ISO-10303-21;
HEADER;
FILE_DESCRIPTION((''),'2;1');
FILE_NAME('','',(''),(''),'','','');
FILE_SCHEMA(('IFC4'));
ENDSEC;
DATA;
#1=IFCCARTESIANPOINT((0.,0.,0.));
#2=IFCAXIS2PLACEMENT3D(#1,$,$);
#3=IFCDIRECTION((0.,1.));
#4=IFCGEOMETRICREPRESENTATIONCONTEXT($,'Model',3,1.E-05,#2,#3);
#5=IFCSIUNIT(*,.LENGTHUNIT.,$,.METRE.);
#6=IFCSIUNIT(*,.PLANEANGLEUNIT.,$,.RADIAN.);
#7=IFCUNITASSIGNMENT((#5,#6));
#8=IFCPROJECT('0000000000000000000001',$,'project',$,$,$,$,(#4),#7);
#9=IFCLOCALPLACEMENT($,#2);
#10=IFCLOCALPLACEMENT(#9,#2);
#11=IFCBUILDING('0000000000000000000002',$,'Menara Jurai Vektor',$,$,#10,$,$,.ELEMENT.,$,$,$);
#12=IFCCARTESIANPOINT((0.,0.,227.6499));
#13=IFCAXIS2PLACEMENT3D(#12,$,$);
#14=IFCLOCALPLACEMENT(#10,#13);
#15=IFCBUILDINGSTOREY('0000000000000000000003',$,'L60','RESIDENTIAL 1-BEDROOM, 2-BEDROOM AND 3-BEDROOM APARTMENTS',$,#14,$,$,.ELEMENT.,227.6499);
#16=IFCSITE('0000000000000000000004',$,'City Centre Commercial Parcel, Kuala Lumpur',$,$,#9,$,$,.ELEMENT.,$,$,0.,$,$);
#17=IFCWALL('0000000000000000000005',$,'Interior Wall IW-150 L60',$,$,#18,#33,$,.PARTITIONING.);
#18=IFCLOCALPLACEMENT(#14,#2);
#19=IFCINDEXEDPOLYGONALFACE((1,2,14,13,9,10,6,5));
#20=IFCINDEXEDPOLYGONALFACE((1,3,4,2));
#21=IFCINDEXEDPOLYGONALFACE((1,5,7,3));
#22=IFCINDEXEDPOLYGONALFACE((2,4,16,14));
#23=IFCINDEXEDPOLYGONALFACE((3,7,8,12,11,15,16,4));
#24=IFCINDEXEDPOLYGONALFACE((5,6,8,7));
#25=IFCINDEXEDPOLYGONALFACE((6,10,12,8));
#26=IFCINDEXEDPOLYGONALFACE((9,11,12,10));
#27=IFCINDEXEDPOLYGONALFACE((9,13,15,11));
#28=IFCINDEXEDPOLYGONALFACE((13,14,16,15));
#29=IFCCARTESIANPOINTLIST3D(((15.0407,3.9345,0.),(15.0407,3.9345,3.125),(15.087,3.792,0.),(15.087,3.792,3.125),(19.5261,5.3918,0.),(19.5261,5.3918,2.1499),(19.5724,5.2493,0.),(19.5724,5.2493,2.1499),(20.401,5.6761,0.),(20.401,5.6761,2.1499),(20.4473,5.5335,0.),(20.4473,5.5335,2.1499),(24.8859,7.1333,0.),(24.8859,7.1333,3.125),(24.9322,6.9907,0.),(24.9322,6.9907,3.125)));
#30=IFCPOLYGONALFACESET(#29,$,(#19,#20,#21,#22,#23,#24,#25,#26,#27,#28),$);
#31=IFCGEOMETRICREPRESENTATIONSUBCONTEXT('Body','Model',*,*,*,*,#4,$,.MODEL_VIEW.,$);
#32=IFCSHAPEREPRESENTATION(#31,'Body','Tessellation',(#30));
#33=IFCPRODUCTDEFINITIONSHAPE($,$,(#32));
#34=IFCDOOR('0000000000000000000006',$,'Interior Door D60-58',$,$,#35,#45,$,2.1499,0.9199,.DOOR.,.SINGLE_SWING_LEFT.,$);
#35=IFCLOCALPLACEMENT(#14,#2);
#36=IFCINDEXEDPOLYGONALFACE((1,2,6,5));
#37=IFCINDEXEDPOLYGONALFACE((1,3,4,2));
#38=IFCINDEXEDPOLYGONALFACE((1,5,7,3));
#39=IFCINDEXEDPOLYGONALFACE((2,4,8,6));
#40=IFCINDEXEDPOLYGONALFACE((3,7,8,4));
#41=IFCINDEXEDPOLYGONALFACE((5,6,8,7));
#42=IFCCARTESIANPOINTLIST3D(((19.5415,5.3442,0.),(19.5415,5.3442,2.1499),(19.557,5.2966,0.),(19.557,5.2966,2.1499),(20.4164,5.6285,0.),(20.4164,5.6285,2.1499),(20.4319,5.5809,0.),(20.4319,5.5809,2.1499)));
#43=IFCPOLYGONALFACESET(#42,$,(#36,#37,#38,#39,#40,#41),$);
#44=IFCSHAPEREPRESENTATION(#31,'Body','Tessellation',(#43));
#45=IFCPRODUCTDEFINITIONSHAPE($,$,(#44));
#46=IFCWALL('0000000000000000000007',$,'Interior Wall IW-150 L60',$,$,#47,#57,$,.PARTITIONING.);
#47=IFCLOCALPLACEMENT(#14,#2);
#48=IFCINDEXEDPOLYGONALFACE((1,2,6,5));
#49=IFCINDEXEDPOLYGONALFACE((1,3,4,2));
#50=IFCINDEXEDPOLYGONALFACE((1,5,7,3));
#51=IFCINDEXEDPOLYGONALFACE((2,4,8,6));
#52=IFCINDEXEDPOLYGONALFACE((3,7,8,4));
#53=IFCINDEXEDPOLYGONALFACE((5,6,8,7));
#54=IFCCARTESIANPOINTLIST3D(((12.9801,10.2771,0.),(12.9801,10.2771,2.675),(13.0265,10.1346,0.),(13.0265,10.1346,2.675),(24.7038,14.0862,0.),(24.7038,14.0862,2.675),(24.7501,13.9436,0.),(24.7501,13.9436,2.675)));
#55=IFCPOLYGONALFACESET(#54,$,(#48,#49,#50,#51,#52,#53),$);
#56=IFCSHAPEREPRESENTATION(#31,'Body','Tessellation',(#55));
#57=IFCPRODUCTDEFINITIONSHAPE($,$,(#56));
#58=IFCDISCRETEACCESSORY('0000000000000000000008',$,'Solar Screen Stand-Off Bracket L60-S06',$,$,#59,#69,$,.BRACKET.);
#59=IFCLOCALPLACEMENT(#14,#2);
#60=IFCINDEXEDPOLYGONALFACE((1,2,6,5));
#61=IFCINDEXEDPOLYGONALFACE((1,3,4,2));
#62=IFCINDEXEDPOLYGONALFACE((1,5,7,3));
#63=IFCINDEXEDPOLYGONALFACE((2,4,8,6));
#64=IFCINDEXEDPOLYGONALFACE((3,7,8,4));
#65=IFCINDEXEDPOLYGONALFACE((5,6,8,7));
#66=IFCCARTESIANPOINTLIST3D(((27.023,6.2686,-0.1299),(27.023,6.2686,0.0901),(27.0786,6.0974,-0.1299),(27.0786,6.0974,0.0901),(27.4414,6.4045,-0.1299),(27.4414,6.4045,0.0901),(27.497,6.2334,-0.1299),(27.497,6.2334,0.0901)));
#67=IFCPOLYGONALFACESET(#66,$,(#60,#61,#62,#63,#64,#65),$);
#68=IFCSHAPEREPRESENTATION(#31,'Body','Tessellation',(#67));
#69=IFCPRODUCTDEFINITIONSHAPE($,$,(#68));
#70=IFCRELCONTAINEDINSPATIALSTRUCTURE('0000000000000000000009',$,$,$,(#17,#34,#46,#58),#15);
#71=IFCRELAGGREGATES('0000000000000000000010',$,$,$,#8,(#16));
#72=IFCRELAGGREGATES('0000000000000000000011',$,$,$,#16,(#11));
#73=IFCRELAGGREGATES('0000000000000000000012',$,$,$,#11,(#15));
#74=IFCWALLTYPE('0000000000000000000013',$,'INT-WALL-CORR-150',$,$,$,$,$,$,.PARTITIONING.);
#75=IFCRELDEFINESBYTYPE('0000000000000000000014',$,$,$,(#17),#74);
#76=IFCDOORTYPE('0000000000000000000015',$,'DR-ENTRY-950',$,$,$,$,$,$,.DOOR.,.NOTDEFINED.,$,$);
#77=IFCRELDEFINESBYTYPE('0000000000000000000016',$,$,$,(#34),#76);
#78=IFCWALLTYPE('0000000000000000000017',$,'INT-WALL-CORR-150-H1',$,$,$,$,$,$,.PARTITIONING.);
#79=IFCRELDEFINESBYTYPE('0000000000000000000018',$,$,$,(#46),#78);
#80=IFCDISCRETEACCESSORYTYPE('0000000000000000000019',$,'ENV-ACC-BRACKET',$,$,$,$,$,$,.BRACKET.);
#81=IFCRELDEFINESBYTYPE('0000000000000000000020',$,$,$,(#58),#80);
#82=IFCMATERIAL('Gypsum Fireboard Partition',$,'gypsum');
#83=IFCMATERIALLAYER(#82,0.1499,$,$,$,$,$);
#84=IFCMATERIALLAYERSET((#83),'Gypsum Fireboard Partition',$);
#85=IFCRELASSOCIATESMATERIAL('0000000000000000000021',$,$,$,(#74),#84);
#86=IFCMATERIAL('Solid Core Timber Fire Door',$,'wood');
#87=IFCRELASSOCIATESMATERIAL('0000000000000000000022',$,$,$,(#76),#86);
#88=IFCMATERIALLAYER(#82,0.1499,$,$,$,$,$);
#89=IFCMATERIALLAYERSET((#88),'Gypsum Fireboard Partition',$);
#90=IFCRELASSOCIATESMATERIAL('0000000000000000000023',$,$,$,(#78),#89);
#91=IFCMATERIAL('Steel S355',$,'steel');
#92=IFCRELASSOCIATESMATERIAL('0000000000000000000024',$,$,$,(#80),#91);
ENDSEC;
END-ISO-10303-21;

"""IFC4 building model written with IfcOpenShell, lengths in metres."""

from ifc_helpers import new_model, si_unit, direction, frame, frame_2d, origin, origin_2d, place, context, subcontext, project, spatial, rectangle, extrude, material, layer, layer_set, type_object, element, fill, save


model = new_model("IFC4")

# Units and contexts
model_context = context("Model", 3, precision=1e-05, world=origin(), true_north=direction((0.0, 1.0)))
body_context = subcontext(model_context, "Body", "Model", "MODEL_VIEW")
ifc_project = project(units=[si_unit("LENGTHUNIT", "METRE"), si_unit("PLANEANGLEUNIT", "RADIAN")], contexts=[model_context])

# Site, building, storey
site_placement = place(None, origin())
site = spatial("IfcSite", under=ifc_project, at=site_placement, Name="City Centre Commercial Parcel, Kuala Lumpur", CompositionType="ELEMENT", RefElevation=0.0)
building_placement = place(site_placement, origin())
building = spatial("IfcBuilding", under=site, at=building_placement, Name="Menara Jurai Vektor", CompositionType="ELEMENT")
storey_placement = place(building_placement, frame((0.0, 0.0, 227.6499)))
storey = spatial("IfcBuildingStorey", under=building, at=storey_placement, Name="L60", Description="RESIDENTIAL 1-BEDROOM, 2-BEDROOM AND 3-BEDROOM APARTMENTS", CompositionType="ELEMENT", Elevation=227.6499)

# Shared definitions
ifc_material_1 = material(Name="Steel S355", Category="steel")

# Shared definitions
ifc_material_2 = material(Name="Gypsum Fireboard Partition", Category="gypsum")
ifc_layer_1 = layer(ifc_material_2, 0.1499)
ifc_layer_set_1 = layer_set([ifc_layer_1], Name="Gypsum Fireboard Partition")
wall_type_1 = type_object("IfcWallType", Name="INT-WALL-CORR-150", PredefinedType="PARTITIONING", material=ifc_layer_set_1)

# Wall, opening, door
wall_1_placement = place(storey_placement, frame((15.064, 3.8633, 0.0), z_axis=(0.0, 0.0, 1.0), x_axis=(0.951061, 0.309002, 0.0)))
wall_1 = element("IfcWall", 1, at=wall_1_placement, inside=storey, type_object=wall_type_1, Name="Interior Wall IW-150 L60", PredefinedType="PARTITIONING", context=body_context, shape_type="SweptSolid", body=[
    extrude(rectangle(XDim=10.3518, YDim=0.1499, at=frame_2d((5.1758, 0.0))), origin(), (0.0, 0.0, 1.0), 3.125),
])
opening_1_placement = place(wall_1_placement, frame((4.7161, 0.0, 0.0)))
opening_1 = element("IfcOpeningElement", 2, at=opening_1_placement, cuts=wall_1, PredefinedType="OPENING", context=body_context, shape_type="SweptSolid", body=[
    extrude(rectangle(XDim=0.9199, YDim=2.1499, at=frame_2d((0.46, 1.075))), frame((0.0, 0.085, 0.0), z_axis=(0.0, -1.0, 0.0), x_axis=(1.0, 0.0, 0.0)), (0.0, 0.0, 1.0), 0.1699),
])
ifc_material_3 = material(Name="Solid Core Timber Fire Door", Category="wood")
door_type_1 = type_object("IfcDoorType", Name="DR-ENTRY-950", OperationType="NOTDEFINED", PredefinedType="DOOR", material=ifc_material_3)
door_1_placement = place(opening_1_placement, origin())
door_1 = element("IfcDoor", 3, at=door_1_placement, inside=storey, type_object=door_type_1, Name="Interior Door D60-58", OperationType="SINGLE_SWING_LEFT", OverallHeight=2.1499, OverallWidth=0.9199, PredefinedType="DOOR", context=body_context, shape_type="SweptSolid", body=[
    extrude(rectangle(XDim=0.9199, YDim=2.1499, at=frame_2d((0.46, 1.075))), frame((0.0, 0.0249, 0.0), z_axis=(0.0, -1.0, 0.0), x_axis=(1.0, 0.0, 0.0)), (0.0, 0.0, 1.0), 0.05),
])
fill(opening_1, door_1)

# Wall
ifc_layer_2 = layer(ifc_material_2, 0.1499)
ifc_layer_set_2 = layer_set([ifc_layer_2], Name="Gypsum Fireboard Partition")
wall_type_2 = type_object("IfcWallType", Name="INT-WALL-CORR-150-H1", PredefinedType="PARTITIONING", material=ifc_layer_set_2)
wall_2_placement = place(storey_placement, frame((13.0032, 10.2058, 0.0), z_axis=(0.0, 0.0, 1.0), x_axis=(0.95106, 0.309005, 0.0)))
element("IfcWall", 4, at=wall_2_placement, inside=storey, type_object=wall_type_2, Name="Interior Wall IW-150 L60", PredefinedType="PARTITIONING", context=body_context, shape_type="SweptSolid", body=[
    extrude(rectangle(XDim=12.3269, YDim=0.1499, at=frame_2d((6.1636, 0.0))), origin(), (0.0, 0.0, 1.0), 2.675),
])

# Discrete accessory
discrete_accessory_type = type_object("IfcDiscreteAccessoryType", Name="ENV-ACC-BRACKET", PredefinedType="BRACKET", material=ifc_material_1)
discrete_accessory_placement = place(storey_placement, frame((27.26, 6.251, -0.1299), z_axis=(0.0, 0.0, 1.0), x_axis=(-0.309017, 0.951057, 0.0)))
element("IfcDiscreteAccessory", 5, at=discrete_accessory_placement, inside=storey, type_object=discrete_accessory_type, Name="Solar Screen Stand-Off Bracket L60-S06", PredefinedType="BRACKET", context=body_context, shape_type="SweptSolid", body=[
    extrude(rectangle(XDim=0.1799, YDim=0.4399, at=origin_2d()), origin(), (0.0, 0.0, 1.0), 0.22),
])

save(model, "model.ifc")
